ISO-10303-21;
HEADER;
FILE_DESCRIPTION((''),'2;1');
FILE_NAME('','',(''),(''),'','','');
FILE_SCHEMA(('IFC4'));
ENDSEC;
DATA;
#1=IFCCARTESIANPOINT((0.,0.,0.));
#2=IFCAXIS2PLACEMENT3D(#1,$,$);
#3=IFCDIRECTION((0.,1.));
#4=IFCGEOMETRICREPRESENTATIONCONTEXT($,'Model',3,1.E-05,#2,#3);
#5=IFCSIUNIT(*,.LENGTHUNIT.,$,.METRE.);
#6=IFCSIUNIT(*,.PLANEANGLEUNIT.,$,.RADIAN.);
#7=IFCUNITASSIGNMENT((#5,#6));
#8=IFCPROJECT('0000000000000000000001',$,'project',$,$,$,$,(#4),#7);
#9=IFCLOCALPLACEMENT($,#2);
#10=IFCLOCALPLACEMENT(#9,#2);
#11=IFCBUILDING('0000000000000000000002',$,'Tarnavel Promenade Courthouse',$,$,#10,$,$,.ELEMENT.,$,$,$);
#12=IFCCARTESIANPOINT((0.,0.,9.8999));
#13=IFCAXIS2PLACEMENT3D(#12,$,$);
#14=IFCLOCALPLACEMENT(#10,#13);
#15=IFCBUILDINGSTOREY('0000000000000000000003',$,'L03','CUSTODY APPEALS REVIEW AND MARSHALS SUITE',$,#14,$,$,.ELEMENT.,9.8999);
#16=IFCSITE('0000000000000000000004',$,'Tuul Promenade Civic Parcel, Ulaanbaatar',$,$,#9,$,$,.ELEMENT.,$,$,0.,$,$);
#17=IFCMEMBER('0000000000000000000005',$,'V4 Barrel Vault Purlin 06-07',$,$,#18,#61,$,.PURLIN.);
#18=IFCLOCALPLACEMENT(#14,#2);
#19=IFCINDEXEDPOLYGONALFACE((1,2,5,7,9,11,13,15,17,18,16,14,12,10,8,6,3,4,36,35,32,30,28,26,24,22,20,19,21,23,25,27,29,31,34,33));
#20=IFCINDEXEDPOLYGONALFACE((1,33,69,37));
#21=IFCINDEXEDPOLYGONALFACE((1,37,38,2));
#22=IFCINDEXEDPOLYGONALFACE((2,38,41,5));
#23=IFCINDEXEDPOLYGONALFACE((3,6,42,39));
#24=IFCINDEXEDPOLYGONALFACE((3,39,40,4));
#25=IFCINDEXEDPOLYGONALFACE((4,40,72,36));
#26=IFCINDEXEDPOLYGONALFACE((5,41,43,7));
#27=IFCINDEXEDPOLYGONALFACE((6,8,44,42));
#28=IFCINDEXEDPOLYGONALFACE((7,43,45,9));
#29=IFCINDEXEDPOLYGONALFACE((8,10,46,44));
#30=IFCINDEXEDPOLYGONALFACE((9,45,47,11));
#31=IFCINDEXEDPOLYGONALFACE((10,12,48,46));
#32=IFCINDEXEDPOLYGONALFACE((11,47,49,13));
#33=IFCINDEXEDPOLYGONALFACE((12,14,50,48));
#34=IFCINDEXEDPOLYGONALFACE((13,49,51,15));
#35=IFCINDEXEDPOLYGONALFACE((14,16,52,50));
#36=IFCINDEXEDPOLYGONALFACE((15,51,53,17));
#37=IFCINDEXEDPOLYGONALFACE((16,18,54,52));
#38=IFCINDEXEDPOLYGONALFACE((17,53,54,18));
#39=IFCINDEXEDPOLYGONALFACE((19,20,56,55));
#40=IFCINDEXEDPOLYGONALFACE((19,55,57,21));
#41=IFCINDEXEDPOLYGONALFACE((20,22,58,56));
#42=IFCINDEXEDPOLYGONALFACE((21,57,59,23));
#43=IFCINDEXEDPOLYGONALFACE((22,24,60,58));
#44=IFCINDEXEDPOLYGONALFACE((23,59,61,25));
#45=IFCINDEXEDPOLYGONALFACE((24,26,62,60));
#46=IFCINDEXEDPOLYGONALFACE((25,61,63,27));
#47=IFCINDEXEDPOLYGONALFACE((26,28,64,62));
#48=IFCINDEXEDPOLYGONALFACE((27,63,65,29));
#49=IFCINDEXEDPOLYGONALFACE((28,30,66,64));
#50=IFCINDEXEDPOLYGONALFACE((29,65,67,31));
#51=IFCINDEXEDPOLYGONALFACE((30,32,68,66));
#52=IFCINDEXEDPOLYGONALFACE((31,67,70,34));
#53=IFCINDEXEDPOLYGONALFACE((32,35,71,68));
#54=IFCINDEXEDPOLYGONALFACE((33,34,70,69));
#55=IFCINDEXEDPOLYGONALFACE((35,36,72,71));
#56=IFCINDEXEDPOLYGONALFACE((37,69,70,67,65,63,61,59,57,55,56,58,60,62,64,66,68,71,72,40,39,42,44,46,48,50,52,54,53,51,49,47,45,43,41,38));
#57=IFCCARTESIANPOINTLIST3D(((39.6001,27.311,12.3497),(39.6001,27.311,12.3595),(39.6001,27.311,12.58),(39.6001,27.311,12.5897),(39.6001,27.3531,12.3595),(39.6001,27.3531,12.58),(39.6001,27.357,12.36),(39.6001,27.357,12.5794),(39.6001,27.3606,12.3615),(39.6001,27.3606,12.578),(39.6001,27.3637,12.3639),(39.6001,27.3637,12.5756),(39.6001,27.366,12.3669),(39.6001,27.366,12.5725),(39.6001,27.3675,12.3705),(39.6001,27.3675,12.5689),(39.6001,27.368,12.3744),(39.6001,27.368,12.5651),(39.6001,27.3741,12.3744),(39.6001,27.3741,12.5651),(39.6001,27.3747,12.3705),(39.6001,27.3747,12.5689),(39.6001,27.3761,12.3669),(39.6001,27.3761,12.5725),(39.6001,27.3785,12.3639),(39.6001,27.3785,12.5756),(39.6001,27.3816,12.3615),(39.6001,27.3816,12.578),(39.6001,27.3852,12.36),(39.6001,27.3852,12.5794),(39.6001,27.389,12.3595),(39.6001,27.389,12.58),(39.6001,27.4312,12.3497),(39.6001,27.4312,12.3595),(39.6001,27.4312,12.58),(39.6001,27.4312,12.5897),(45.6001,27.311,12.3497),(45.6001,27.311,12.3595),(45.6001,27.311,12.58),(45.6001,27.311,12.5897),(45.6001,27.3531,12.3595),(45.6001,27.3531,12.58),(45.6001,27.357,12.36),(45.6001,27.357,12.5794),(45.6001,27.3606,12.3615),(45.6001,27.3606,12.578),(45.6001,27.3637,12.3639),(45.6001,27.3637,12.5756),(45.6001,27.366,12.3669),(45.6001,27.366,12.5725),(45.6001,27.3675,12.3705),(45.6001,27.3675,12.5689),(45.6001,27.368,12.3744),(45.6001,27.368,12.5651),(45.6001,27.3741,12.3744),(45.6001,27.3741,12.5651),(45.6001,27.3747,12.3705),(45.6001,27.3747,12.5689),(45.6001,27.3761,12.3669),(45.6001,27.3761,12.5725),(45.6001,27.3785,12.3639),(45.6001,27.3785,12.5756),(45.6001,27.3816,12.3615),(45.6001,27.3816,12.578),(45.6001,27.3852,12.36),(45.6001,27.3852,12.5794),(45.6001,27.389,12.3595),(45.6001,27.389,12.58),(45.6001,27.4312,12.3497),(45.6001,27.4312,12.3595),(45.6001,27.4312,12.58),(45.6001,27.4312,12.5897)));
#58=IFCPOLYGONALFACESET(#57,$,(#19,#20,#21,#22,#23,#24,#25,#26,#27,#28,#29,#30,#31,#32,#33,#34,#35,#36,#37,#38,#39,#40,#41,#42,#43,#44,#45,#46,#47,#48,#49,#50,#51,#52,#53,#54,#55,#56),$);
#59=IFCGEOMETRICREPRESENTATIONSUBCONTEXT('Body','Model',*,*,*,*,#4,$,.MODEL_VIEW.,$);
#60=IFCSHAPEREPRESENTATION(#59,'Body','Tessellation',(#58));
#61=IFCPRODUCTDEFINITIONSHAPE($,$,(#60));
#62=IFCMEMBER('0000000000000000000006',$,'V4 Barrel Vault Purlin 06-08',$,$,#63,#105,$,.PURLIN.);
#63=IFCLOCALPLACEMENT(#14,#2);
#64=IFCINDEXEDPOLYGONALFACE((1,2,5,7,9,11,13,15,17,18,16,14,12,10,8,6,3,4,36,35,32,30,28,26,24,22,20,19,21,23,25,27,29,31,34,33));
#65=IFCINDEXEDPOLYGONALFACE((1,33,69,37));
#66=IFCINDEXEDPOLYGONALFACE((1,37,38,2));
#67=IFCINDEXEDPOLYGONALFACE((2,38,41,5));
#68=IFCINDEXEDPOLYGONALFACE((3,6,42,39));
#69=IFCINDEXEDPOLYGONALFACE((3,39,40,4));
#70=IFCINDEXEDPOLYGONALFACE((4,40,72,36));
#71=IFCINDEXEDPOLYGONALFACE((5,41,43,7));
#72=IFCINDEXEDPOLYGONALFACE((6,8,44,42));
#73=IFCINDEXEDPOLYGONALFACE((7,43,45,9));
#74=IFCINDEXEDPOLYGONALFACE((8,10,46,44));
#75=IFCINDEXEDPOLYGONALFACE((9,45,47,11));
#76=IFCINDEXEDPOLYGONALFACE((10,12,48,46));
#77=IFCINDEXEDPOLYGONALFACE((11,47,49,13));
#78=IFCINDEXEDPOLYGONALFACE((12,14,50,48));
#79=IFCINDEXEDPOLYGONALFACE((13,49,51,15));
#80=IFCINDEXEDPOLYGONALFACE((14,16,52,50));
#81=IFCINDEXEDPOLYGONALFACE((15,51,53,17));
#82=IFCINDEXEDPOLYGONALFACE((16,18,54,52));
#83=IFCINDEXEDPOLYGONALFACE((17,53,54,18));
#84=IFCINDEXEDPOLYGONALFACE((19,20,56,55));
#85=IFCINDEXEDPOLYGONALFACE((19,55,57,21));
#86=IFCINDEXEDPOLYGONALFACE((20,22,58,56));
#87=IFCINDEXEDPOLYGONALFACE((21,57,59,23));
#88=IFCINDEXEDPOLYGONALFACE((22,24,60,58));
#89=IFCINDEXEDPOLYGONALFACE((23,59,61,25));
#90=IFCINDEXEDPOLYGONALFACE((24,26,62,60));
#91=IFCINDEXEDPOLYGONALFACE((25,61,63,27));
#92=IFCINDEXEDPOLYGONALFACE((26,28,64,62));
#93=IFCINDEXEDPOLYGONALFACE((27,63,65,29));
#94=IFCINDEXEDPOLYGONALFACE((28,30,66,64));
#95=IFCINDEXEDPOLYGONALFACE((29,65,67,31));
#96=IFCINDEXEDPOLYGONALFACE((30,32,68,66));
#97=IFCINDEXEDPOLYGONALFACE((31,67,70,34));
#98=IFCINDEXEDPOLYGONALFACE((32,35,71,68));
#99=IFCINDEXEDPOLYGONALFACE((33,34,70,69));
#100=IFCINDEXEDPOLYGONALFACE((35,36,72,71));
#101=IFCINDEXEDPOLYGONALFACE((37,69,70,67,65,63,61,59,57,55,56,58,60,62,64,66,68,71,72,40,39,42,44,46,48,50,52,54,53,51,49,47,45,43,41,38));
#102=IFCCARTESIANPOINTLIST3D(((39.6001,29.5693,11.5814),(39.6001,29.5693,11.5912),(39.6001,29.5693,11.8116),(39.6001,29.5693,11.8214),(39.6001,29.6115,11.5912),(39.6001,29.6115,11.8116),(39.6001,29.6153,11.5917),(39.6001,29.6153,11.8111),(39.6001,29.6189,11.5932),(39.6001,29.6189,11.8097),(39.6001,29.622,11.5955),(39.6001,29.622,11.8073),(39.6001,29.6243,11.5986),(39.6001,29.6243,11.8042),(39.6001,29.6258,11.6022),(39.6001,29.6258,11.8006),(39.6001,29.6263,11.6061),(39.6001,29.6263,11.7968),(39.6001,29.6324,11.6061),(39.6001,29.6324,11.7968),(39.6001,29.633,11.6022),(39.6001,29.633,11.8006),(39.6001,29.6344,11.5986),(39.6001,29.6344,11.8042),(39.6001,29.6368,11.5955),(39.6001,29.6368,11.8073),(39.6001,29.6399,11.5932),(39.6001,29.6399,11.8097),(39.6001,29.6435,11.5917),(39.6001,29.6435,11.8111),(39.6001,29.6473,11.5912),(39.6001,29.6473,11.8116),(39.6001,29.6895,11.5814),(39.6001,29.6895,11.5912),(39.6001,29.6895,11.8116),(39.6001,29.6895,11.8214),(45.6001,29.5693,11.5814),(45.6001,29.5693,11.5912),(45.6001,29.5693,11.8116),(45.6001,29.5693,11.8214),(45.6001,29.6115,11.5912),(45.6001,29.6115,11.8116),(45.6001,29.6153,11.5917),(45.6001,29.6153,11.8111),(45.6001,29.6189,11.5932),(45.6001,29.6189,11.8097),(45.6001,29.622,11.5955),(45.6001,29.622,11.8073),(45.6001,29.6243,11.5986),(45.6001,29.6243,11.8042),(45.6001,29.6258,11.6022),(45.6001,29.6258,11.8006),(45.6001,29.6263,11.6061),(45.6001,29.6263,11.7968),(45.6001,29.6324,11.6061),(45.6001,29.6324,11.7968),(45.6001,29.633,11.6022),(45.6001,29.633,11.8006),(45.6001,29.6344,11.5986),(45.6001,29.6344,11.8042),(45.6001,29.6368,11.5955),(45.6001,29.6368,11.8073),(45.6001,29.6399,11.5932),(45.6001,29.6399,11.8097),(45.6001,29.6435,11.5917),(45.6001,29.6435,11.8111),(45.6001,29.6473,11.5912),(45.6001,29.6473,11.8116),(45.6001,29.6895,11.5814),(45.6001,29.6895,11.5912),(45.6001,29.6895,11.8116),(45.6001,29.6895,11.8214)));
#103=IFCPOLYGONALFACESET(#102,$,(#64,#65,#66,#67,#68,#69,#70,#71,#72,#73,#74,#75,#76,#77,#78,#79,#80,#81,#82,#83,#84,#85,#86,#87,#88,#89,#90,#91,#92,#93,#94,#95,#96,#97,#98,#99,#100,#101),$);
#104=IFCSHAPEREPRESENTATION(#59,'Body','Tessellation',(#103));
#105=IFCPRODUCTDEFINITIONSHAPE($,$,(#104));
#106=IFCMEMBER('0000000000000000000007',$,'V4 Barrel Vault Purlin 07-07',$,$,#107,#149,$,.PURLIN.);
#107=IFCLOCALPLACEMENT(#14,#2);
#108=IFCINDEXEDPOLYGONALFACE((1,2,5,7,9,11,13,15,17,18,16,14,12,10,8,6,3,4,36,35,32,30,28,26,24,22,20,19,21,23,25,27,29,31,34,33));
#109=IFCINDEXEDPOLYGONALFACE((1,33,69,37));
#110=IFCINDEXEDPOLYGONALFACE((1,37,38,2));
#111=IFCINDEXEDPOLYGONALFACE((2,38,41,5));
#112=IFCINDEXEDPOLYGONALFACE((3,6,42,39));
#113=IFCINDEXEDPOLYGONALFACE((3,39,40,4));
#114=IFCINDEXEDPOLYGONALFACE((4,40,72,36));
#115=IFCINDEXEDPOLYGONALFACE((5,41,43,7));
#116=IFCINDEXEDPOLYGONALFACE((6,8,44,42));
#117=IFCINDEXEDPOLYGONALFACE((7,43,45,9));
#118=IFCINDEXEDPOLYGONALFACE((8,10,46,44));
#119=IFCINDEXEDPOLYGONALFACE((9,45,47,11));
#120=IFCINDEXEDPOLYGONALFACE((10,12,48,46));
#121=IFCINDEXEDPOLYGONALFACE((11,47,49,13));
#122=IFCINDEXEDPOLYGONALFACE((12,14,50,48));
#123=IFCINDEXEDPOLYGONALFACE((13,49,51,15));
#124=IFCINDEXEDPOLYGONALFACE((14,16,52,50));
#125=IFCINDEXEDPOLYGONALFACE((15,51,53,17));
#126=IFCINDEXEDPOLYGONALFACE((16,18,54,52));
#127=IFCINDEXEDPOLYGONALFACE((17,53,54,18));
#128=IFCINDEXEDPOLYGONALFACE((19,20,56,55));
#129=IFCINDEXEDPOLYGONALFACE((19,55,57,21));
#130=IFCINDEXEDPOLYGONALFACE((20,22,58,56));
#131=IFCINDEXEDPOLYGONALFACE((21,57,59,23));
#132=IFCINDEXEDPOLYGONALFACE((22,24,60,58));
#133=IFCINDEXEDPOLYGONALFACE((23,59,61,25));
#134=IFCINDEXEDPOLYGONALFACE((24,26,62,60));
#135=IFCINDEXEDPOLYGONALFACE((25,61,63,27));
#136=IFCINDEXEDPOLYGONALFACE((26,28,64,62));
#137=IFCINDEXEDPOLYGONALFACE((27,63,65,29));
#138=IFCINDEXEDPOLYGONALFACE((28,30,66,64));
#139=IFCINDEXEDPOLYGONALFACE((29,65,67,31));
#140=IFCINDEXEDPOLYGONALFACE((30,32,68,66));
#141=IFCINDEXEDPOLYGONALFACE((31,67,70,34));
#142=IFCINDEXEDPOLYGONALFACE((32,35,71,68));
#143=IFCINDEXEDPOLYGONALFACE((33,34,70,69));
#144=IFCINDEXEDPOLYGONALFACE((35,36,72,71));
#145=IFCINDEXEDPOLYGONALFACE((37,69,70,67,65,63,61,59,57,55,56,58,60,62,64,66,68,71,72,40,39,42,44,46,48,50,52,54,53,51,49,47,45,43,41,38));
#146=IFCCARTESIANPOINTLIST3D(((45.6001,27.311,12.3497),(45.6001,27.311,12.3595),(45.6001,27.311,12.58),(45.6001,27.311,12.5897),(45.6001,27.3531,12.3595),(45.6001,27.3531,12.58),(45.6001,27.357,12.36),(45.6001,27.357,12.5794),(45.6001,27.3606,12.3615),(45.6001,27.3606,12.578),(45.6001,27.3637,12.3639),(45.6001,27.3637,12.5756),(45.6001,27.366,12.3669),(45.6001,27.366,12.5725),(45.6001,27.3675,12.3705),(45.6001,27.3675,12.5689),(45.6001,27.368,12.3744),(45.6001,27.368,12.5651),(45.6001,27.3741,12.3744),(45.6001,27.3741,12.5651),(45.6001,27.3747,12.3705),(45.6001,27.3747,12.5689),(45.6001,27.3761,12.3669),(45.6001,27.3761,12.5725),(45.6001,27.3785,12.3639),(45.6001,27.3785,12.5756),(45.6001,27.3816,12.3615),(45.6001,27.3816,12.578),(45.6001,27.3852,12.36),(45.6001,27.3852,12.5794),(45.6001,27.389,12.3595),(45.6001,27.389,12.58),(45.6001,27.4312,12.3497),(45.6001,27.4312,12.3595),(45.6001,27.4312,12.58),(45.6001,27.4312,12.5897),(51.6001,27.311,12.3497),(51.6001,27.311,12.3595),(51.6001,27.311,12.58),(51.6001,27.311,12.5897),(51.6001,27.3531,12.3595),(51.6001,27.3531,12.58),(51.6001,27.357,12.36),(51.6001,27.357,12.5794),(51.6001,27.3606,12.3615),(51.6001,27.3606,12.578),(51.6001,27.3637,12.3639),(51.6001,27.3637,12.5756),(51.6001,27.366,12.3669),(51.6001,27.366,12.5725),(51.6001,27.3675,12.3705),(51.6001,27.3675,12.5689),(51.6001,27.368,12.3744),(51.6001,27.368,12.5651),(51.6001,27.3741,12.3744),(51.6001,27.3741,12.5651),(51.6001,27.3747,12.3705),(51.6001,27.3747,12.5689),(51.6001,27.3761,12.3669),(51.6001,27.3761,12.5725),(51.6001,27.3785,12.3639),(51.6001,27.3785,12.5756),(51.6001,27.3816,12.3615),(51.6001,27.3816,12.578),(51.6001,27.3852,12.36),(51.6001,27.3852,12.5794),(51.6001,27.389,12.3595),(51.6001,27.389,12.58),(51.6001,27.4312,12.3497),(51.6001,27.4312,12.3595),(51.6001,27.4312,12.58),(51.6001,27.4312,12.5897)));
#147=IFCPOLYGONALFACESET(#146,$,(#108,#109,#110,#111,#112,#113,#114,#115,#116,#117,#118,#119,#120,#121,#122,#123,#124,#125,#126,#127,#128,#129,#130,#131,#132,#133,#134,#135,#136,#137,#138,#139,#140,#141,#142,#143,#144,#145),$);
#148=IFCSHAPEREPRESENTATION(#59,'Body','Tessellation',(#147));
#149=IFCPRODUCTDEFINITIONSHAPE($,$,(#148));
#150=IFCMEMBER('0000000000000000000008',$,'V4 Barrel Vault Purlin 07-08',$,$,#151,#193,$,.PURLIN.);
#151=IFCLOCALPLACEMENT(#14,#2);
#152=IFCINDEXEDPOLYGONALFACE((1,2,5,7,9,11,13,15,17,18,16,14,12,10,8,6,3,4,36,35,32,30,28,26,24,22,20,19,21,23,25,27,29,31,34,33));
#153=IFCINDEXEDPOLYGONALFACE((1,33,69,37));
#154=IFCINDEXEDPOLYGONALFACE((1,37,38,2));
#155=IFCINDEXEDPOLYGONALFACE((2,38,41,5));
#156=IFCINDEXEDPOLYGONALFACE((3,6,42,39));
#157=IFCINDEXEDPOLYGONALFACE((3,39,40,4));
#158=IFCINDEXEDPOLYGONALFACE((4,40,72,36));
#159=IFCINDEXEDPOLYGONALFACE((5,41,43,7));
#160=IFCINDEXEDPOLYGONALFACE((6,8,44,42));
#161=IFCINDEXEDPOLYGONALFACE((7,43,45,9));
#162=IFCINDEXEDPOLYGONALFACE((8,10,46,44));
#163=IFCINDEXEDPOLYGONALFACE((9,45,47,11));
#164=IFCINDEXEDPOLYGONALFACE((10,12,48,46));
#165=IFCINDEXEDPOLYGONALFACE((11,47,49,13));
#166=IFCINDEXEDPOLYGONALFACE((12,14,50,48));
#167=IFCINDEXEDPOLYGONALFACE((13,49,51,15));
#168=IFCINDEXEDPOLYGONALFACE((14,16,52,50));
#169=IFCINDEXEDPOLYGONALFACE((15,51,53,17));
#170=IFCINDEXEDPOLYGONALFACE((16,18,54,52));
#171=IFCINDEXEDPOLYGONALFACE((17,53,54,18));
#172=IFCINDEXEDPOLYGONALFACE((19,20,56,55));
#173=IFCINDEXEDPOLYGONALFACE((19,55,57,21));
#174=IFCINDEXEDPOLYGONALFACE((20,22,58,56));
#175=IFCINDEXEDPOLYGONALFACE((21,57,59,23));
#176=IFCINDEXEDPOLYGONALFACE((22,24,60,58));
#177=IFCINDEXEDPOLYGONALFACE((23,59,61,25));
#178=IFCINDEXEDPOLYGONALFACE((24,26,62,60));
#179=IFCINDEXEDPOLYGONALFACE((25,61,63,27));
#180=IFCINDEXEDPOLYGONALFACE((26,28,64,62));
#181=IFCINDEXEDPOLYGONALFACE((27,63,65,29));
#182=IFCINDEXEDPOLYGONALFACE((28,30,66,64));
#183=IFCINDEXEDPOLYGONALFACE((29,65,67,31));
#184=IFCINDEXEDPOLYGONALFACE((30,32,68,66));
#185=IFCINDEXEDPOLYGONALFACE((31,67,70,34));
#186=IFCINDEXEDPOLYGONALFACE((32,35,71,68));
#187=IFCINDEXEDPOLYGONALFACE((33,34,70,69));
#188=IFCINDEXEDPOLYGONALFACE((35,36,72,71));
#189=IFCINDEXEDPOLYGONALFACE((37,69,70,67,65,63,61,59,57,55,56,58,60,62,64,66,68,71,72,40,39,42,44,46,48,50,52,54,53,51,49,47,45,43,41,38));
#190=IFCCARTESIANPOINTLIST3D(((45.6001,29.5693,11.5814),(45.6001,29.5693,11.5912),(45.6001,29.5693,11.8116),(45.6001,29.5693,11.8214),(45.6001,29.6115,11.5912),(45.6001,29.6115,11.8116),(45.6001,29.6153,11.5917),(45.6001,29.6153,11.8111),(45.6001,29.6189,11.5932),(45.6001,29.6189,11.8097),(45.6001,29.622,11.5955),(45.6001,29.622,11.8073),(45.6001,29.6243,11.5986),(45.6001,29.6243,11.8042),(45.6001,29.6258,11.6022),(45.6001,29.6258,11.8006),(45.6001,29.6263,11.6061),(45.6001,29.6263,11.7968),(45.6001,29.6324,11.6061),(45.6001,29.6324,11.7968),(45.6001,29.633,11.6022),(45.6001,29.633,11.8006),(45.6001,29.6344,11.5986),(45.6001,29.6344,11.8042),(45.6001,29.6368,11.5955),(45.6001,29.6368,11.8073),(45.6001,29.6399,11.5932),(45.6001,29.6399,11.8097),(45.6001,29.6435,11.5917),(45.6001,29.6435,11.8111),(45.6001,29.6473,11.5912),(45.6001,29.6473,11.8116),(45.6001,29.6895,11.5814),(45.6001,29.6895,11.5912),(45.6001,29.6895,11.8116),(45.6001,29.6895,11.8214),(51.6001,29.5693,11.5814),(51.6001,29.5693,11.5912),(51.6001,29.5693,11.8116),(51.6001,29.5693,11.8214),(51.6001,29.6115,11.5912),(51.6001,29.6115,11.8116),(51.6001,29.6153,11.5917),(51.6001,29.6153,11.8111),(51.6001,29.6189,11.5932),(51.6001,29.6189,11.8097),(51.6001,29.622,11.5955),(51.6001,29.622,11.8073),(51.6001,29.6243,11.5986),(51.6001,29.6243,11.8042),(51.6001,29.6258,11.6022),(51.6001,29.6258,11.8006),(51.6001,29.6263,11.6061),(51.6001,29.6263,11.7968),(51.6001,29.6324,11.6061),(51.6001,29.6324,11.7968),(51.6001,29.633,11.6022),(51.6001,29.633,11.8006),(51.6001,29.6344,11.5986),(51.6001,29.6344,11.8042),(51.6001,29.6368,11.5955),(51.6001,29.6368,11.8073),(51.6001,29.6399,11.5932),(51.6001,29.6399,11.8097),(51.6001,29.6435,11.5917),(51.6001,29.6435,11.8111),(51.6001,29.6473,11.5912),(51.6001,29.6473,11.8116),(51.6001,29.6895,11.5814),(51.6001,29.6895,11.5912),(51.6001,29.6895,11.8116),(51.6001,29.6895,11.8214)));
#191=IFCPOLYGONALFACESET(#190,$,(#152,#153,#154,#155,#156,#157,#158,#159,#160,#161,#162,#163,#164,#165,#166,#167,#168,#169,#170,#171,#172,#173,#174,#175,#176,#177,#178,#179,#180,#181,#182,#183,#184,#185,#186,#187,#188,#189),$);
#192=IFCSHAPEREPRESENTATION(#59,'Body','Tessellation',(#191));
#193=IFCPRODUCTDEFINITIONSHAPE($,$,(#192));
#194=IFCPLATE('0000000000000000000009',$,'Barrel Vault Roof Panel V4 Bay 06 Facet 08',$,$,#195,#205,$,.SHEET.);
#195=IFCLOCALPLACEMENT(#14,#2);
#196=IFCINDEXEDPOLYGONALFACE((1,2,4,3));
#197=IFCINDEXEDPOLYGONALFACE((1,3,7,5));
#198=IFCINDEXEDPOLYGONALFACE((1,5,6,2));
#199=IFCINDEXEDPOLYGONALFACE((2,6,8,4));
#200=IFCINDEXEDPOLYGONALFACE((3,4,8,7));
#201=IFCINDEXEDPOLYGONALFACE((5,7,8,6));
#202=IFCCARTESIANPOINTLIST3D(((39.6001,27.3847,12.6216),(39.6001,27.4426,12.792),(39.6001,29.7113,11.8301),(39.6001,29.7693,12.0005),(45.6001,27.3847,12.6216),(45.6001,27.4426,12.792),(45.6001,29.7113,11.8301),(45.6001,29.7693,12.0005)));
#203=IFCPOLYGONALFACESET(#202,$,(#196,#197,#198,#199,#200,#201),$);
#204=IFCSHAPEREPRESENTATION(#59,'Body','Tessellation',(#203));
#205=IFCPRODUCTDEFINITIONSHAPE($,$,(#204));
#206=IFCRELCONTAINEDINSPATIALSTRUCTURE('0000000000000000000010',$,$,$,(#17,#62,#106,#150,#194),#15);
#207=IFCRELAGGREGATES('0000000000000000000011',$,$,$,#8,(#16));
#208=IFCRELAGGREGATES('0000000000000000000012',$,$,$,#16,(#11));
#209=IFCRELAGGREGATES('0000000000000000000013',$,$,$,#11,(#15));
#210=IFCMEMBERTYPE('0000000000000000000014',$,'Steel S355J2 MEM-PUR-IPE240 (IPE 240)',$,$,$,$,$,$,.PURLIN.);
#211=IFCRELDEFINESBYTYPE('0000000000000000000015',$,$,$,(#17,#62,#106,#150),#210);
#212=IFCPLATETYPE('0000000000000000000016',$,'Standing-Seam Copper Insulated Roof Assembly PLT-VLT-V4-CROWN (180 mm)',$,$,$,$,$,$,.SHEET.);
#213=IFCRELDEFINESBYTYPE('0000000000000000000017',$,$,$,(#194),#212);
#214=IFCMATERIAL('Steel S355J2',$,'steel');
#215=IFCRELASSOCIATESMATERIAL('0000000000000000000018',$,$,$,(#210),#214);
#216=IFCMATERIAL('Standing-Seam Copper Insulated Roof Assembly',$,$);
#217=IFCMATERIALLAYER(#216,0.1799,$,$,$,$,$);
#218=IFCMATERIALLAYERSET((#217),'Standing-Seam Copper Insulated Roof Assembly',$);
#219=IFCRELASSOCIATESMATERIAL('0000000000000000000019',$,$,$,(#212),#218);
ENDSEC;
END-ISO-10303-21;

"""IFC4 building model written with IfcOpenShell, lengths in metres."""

from ifc_helpers import new_model, si_unit, direction, frame, origin, origin_2d, place, context, subcontext, project, spatial, polyline, i_section, outline, extrude, material, layer, layer_set, material_profile, profile_set, type_object, element, save


model = new_model("IFC4")

# Units and contexts
model_context = context("Model", 3, precision=1e-05, world=origin(), true_north=direction((0.0, 1.0)))
body_context = subcontext(model_context, "Body", "Model", "MODEL_VIEW")
ifc_project = project(units=[si_unit("LENGTHUNIT", "METRE"), si_unit("PLANEANGLEUNIT", "RADIAN")], contexts=[model_context])

# Site, building, storey
site_placement = place(None, origin())
site = spatial("IfcSite", under=ifc_project, at=site_placement, Name="Tuul Promenade Civic Parcel, Ulaanbaatar", CompositionType="ELEMENT", RefElevation=0.0)
building_placement = place(site_placement, origin())
building = spatial("IfcBuilding", under=site, at=building_placement, Name="Tarnavel Promenade Courthouse", CompositionType="ELEMENT")
storey_placement = place(building_placement, frame((0.0, 0.0, 9.8999)))
storey = spatial("IfcBuildingStorey", under=building, at=storey_placement, Name="L03", Description="CUSTODY APPEALS REVIEW AND MARSHALS SUITE", CompositionType="ELEMENT", Elevation=9.8999)

# Shared definitions
ifc_material_1 = material(Name="Steel S355J2", Category="steel")

# Members
ifc_material_profile_1 = material_profile(ifc_material_1, i_section(OverallWidth=0.1201, OverallDepth=0.24, WebThickness=0.0061, FlangeThickness=0.0098, FilletRadius=0.0149, at=origin_2d()), Name="IPE 240")
ifc_profile_set_1 = profile_set([ifc_material_profile_1], Name="Steel S355J2")
member_type_1 = type_object("IfcMemberType", Name="Steel S355J2 MEM-PUR-IPE240 (IPE 240)", PredefinedType="PURLIN", material=ifc_profile_set_1)
for number, where, z_axis, x_axis, name in (
    (1, (39.6001, 27.3711, 12.4697), (1.0, 0.0, 0.0), (0.0, 1.0, 0.0), "V4 Barrel Vault Purlin 06-07"),
    (2, (39.6001, 29.6294, 11.7014), (1.0, 0.0, 0.0), (0.0, 1.0, 0.0), "V4 Barrel Vault Purlin 06-08"),
    (3, (45.6001, 27.3711, 12.4697), (1.0, 0.0, 0.0), (0.0, 1.0, 0.0), "V4 Barrel Vault Purlin 07-07"),
    (4, (45.6001, 29.6294, 11.7014), (1.0, 0.0, 0.0), (0.0, 1.0, 0.0), "V4 Barrel Vault Purlin 07-08"),
):
    element("IfcMember", number, at=place(storey_placement, frame(where, z_axis=z_axis, x_axis=x_axis)), inside=storey, type_object=member_type_1, Name=name, PredefinedType="PURLIN", context=body_context, shape_type="SweptSolid", body=[
        extrude(i_section(OverallWidth=0.1201, OverallDepth=0.24, WebThickness=0.0061, FlangeThickness=0.0098, FilletRadius=0.0149, at=origin_2d()), origin(), (0.0, 0.0, 1.0), 6.0),
    ])

# Plate
ifc_material_2 = material(Name="Standing-Seam Copper Insulated Roof Assembly")
ifc_layer_1 = layer(ifc_material_2, 0.1799)
ifc_layer_set_1 = layer_set([ifc_layer_1], Name="Standing-Seam Copper Insulated Roof Assembly")
plate_type_1 = type_object("IfcPlateType", Name="Standing-Seam Copper Insulated Roof Assembly PLT-VLT-V4-CROWN (180 mm)", PredefinedType="SHEET", material=ifc_layer_set_1)
plate_1_placement = place(storey_placement, frame((39.6001, 27.4426, 12.792), z_axis=(0.0, 0.322063, 0.946718), x_axis=(1.0, 0.0, 0.0)))
element("IfcPlate", 5, at=plate_1_placement, inside=storey, type_object=plate_type_1, Name="Barrel Vault Roof Panel V4 Bay 06 Facet 08", PredefinedType="SHEET", context=body_context, shape_type="SweptSolid", body=[
    extrude(outline(polyline([(0.0, 0.0), (6.0, 0.0), (6.0, 2.4576), (0.0, 2.4576), (0.0, 0.0)])), origin(), (0.0, 0.0, -1.0), 0.1799),
])

save(model, "model.ifc")
